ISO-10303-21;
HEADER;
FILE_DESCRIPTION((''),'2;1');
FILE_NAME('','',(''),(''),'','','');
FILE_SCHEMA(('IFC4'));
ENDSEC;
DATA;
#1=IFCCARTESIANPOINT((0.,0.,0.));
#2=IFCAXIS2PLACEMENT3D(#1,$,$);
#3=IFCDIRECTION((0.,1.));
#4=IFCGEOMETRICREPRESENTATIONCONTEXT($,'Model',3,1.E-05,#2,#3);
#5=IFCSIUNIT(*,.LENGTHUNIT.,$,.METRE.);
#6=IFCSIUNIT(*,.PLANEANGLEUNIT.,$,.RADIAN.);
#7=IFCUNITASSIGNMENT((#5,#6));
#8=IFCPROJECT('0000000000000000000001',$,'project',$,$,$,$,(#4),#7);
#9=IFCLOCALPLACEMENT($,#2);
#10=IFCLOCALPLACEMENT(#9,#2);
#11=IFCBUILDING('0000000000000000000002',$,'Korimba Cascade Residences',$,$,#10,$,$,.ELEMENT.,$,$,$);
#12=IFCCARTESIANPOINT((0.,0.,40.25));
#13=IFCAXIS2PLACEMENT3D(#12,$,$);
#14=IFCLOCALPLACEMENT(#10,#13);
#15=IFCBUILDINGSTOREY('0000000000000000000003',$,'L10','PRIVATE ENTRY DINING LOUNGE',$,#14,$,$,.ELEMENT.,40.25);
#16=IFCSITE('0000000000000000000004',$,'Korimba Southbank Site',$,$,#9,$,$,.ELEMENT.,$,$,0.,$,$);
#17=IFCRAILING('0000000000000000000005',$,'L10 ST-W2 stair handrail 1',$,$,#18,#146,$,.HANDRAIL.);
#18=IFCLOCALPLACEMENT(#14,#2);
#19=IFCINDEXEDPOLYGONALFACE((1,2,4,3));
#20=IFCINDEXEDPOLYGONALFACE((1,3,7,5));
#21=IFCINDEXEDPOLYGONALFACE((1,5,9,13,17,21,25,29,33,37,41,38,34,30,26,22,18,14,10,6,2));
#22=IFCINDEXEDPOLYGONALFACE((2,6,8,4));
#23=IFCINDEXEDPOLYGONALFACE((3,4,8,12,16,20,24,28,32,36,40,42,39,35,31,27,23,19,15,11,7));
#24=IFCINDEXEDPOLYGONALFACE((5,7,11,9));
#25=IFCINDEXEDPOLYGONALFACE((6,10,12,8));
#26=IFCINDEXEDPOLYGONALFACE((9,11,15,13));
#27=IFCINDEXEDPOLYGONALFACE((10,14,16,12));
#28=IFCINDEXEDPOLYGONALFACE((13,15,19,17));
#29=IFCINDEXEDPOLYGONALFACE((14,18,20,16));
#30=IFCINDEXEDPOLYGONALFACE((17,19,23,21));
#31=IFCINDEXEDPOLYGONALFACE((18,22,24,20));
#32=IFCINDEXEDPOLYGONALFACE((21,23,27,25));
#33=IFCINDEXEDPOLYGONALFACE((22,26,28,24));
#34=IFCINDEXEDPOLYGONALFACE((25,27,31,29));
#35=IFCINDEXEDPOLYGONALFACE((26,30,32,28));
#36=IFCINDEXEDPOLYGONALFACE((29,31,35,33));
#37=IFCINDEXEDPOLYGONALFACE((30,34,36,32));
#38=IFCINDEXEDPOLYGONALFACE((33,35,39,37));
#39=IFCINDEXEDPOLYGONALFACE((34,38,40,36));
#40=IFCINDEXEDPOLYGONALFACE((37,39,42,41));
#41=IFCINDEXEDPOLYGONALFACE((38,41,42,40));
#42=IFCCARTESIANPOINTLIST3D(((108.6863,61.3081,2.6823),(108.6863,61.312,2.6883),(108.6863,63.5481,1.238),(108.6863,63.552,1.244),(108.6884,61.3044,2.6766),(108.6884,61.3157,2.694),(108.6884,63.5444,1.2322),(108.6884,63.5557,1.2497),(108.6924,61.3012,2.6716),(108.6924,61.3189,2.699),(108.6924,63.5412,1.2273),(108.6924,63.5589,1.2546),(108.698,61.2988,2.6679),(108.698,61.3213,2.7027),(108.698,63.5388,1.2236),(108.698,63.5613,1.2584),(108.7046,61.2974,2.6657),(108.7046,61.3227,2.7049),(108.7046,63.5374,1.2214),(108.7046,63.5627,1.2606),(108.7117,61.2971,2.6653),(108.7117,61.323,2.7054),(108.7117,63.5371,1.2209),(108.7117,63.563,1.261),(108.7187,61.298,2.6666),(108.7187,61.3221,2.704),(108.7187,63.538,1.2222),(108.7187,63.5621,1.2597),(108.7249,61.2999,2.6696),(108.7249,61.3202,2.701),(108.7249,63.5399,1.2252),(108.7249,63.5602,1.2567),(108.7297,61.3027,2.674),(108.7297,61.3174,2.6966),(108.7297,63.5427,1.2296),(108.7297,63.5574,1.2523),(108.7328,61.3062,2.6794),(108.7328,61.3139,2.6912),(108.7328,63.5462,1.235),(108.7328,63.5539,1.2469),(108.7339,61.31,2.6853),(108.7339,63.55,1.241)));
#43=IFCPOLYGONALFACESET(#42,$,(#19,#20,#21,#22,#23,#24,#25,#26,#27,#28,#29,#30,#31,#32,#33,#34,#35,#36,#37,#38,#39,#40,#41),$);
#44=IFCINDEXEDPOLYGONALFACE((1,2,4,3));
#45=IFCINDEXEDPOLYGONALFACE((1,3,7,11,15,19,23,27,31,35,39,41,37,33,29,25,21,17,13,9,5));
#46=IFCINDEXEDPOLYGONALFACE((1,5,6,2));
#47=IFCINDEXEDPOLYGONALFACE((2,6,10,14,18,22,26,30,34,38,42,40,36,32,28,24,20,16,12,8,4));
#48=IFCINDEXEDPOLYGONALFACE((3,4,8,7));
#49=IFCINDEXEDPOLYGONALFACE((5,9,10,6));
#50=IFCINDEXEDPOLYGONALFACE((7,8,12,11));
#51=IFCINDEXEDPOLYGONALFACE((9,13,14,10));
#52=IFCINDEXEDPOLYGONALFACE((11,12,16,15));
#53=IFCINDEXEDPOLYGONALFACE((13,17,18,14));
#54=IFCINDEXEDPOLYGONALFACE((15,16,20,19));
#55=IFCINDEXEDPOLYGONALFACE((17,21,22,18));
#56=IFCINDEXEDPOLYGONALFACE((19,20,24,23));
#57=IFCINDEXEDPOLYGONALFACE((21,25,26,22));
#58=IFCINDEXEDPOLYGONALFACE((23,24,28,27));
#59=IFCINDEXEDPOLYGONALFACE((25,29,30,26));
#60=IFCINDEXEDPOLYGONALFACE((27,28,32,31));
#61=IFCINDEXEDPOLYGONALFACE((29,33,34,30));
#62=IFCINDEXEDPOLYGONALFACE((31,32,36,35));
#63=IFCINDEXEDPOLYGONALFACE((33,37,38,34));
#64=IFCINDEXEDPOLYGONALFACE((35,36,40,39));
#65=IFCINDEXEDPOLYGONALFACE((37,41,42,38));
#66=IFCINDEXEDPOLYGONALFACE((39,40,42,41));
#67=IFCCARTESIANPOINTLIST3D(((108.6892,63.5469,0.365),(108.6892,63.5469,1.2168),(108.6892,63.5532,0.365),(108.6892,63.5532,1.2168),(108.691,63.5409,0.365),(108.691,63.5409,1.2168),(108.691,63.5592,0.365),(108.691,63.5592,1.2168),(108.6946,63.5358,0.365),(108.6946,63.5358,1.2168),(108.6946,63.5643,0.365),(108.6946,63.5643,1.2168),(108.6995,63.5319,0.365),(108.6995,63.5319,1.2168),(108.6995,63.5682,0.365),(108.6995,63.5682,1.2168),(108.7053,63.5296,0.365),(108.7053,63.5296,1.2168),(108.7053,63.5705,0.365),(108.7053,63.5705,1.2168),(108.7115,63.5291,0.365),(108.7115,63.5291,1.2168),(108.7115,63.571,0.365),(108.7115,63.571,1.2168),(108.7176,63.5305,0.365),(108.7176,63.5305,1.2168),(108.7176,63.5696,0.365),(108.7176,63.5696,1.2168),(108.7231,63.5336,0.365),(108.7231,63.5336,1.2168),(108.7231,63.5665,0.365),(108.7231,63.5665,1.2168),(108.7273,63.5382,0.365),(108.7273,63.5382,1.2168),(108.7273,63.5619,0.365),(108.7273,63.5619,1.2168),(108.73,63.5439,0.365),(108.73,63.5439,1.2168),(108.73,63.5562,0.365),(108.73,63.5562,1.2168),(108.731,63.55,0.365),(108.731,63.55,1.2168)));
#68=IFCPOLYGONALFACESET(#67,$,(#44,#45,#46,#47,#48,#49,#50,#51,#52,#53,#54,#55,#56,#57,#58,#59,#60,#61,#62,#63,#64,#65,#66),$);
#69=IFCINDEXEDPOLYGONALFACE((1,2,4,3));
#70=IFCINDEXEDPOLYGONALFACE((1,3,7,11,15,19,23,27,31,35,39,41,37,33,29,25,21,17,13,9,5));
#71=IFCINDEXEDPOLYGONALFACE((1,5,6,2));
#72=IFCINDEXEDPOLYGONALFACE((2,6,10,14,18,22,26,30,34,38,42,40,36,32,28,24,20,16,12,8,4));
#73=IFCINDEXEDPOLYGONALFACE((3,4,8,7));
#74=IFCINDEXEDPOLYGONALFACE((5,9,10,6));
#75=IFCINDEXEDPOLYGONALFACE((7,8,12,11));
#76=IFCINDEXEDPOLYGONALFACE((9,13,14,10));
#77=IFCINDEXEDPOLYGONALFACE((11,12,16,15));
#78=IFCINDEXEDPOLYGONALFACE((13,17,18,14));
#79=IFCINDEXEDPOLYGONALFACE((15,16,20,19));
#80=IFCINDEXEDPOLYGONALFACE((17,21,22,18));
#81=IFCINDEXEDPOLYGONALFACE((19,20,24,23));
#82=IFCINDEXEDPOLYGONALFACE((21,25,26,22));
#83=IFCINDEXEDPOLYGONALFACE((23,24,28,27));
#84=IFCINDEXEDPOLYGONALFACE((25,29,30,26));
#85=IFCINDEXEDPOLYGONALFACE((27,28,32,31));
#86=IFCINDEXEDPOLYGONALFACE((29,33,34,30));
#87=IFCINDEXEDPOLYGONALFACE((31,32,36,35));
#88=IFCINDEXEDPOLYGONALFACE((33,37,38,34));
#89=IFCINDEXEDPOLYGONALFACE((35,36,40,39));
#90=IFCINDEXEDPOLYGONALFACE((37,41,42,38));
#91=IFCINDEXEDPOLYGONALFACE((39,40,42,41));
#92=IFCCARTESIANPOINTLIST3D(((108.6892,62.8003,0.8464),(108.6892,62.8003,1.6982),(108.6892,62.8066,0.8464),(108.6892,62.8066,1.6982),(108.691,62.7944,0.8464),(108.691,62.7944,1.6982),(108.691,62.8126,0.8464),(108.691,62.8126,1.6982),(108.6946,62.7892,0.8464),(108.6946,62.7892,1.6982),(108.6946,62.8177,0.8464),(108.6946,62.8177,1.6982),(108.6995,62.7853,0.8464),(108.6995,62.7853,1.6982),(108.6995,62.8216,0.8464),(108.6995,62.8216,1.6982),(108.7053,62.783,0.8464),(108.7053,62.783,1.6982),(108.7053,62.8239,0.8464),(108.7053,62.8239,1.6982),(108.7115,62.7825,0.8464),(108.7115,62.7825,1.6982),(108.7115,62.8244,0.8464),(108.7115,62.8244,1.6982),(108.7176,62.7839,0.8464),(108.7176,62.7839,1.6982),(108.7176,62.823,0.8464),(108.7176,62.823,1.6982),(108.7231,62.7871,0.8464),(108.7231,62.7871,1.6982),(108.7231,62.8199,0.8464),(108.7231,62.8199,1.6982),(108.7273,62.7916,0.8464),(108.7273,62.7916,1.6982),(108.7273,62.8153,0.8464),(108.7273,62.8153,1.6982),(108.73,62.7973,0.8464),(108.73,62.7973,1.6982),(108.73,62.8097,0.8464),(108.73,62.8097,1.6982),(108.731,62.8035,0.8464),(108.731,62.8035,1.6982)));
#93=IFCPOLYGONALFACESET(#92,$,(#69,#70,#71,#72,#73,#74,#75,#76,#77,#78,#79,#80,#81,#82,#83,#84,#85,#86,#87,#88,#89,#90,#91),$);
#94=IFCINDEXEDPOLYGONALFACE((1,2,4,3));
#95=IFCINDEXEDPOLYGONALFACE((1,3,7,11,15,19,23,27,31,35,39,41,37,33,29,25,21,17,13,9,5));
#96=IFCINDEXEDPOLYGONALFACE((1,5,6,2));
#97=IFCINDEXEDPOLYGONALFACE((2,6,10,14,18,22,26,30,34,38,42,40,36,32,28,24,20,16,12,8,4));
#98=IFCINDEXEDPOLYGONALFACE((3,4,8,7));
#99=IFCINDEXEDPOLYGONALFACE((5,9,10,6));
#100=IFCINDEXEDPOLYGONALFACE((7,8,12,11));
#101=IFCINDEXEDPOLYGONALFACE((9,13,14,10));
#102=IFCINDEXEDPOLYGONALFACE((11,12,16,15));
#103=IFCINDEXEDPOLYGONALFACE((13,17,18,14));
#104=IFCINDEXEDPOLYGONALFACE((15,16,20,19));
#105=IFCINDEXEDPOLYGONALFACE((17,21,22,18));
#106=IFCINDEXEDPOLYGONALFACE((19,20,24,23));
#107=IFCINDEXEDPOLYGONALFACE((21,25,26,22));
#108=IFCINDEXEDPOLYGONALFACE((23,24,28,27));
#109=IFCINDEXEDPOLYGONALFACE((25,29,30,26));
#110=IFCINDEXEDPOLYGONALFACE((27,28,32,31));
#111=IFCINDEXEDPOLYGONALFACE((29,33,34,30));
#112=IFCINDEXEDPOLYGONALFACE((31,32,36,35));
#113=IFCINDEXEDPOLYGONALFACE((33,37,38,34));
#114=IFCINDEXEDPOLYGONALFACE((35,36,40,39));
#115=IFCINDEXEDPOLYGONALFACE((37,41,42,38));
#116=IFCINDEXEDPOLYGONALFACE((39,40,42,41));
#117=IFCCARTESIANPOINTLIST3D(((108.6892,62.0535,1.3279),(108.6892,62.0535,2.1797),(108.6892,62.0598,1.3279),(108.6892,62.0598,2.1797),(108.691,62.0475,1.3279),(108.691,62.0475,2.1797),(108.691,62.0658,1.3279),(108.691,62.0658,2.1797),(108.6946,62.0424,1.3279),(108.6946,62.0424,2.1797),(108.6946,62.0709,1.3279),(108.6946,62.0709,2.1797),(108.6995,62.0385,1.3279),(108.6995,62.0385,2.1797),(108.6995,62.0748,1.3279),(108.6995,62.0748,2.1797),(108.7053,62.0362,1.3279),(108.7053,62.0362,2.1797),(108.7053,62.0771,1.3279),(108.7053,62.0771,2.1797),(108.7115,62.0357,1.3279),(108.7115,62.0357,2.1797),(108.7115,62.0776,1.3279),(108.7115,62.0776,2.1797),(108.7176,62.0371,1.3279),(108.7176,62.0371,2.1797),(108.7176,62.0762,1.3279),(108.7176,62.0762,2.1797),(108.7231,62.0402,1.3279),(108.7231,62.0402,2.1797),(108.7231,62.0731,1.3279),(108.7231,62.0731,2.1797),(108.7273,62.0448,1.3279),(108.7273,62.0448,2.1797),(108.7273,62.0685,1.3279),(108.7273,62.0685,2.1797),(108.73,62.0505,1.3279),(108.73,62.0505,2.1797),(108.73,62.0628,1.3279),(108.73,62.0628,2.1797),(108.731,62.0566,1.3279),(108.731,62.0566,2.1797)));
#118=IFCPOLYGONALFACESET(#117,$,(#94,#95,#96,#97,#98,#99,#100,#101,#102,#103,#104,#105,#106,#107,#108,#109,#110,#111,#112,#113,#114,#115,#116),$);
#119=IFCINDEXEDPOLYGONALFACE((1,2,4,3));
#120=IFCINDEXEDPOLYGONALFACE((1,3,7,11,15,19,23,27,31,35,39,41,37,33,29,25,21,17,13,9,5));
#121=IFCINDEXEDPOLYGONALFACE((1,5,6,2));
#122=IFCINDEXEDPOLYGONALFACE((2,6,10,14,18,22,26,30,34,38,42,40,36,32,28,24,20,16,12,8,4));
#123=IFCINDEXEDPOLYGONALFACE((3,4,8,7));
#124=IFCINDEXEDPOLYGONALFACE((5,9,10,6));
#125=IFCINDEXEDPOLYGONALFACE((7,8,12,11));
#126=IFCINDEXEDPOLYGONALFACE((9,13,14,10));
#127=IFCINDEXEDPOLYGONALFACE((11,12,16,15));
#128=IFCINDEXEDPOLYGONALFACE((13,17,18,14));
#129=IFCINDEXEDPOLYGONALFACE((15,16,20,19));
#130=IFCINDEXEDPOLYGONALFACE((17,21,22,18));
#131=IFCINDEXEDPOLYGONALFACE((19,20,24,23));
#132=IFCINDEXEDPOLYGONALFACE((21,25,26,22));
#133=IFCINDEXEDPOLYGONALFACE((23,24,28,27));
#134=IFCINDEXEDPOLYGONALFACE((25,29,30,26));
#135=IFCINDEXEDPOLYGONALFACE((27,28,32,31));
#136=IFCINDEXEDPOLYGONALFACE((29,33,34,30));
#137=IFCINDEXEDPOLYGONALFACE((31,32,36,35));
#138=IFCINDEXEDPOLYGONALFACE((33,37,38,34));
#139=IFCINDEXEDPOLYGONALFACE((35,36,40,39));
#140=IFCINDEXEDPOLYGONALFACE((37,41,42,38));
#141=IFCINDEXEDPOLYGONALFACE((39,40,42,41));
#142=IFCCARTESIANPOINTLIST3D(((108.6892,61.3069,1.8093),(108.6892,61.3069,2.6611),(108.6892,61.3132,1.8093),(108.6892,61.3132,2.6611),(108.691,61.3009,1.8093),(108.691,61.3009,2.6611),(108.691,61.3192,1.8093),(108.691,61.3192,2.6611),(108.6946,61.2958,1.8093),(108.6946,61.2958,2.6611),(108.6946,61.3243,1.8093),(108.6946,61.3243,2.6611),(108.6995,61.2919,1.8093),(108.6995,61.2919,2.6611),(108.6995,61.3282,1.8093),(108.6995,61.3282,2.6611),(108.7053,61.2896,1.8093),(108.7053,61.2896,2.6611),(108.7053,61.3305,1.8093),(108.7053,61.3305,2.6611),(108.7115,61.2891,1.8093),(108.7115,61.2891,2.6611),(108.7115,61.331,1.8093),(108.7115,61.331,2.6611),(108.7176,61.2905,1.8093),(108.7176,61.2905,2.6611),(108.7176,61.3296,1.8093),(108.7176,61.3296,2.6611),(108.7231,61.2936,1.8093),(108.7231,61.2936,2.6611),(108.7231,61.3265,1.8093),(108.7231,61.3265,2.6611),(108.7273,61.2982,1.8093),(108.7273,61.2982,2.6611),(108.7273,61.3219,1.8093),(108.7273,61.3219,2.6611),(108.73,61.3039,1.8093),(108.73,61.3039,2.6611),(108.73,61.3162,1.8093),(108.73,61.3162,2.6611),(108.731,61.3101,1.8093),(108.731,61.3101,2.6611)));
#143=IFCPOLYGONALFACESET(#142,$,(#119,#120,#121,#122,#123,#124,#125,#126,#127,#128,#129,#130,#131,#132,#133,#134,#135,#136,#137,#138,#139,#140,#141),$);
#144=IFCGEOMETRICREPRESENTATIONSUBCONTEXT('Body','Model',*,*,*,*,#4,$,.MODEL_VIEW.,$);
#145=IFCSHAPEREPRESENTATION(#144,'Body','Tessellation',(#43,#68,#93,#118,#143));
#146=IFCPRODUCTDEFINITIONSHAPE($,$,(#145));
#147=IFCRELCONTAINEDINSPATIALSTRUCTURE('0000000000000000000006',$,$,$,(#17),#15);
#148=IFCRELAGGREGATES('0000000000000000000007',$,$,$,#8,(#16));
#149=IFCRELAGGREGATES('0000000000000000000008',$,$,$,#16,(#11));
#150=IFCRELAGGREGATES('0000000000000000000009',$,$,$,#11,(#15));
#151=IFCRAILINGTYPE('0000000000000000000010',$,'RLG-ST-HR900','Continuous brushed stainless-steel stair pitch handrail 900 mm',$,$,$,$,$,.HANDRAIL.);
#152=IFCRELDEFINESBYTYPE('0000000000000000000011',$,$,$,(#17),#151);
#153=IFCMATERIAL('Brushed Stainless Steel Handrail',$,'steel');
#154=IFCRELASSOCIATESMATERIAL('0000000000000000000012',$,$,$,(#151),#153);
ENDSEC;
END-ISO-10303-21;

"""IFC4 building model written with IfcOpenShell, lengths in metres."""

from ifc_helpers import new_model, si_unit, direction, frame, origin, origin_2d, place, context, subcontext, project, spatial, circle, extrude, material, type_object, element, save


model = new_model("IFC4")

# Units and contexts
model_context = context("Model", 3, precision=1e-05, world=origin(), true_north=direction((0.0, 1.0)))
body_context = subcontext(model_context, "Body", "Model", "MODEL_VIEW")
ifc_project = project(units=[si_unit("LENGTHUNIT", "METRE"), si_unit("PLANEANGLEUNIT", "RADIAN")], contexts=[model_context])

# Site, building, storey
site_placement = place(None, origin())
site = spatial("IfcSite", under=ifc_project, at=site_placement, Name="Korimba Southbank Site", CompositionType="ELEMENT", RefElevation=0.0)
building_placement = place(site_placement, origin())
building = spatial("IfcBuilding", under=site, at=building_placement, Name="Korimba Cascade Residences", CompositionType="ELEMENT")
storey_placement = place(building_placement, frame((0.0, 0.0, 40.25)))
storey = spatial("IfcBuildingStorey", under=building, at=storey_placement, Name="L10", Description="PRIVATE ENTRY DINING LOUNGE", CompositionType="ELEMENT", Elevation=40.25)

# Railing
ifc_material_1 = material(Name="Brushed Stainless Steel Handrail", Category="steel")
railing_type_1 = type_object("IfcRailingType", Name="RLG-ST-HR900", Description="Continuous brushed stainless-steel stair pitch handrail 900 mm", PredefinedType="HANDRAIL", material=ifc_material_1)
railing_1_placement = place(storey_placement, frame((108.71, 63.55, 0.365)))
element("IfcRailing", 1, at=railing_1_placement, inside=storey, type_object=railing_type_1, Name="L10 ST-W2 stair handrail 1", PredefinedType="HANDRAIL", context=body_context, shape_type="SweptSolid", body=[
    extrude(circle(Radius=0.0239, at=origin_2d()), frame((0.0, 0.0, 0.876), z_axis=(0.0, -0.840437, 0.54191), x_axis=(1.0, 0.0, 0.0)), (0.0, 0.0, 1.0), 2.6653),
    extrude(circle(Radius=0.021, at=origin_2d()), origin(), (0.0, 0.0, 1.0), 0.8518),
    extrude(circle(Radius=0.021, at=origin_2d()), frame((0.0, -0.7466, 0.4814)), (0.0, 0.0, 1.0), 0.8518),
    extrude(circle(Radius=0.021, at=origin_2d()), frame((0.0, -1.4934, 0.9629)), (0.0, 0.0, 1.0), 0.8518),
    extrude(circle(Radius=0.021, at=origin_2d()), frame((0.0, -2.24, 1.4443)), (0.0, 0.0, 1.0), 0.8518),
])

save(model, "model.ifc")
